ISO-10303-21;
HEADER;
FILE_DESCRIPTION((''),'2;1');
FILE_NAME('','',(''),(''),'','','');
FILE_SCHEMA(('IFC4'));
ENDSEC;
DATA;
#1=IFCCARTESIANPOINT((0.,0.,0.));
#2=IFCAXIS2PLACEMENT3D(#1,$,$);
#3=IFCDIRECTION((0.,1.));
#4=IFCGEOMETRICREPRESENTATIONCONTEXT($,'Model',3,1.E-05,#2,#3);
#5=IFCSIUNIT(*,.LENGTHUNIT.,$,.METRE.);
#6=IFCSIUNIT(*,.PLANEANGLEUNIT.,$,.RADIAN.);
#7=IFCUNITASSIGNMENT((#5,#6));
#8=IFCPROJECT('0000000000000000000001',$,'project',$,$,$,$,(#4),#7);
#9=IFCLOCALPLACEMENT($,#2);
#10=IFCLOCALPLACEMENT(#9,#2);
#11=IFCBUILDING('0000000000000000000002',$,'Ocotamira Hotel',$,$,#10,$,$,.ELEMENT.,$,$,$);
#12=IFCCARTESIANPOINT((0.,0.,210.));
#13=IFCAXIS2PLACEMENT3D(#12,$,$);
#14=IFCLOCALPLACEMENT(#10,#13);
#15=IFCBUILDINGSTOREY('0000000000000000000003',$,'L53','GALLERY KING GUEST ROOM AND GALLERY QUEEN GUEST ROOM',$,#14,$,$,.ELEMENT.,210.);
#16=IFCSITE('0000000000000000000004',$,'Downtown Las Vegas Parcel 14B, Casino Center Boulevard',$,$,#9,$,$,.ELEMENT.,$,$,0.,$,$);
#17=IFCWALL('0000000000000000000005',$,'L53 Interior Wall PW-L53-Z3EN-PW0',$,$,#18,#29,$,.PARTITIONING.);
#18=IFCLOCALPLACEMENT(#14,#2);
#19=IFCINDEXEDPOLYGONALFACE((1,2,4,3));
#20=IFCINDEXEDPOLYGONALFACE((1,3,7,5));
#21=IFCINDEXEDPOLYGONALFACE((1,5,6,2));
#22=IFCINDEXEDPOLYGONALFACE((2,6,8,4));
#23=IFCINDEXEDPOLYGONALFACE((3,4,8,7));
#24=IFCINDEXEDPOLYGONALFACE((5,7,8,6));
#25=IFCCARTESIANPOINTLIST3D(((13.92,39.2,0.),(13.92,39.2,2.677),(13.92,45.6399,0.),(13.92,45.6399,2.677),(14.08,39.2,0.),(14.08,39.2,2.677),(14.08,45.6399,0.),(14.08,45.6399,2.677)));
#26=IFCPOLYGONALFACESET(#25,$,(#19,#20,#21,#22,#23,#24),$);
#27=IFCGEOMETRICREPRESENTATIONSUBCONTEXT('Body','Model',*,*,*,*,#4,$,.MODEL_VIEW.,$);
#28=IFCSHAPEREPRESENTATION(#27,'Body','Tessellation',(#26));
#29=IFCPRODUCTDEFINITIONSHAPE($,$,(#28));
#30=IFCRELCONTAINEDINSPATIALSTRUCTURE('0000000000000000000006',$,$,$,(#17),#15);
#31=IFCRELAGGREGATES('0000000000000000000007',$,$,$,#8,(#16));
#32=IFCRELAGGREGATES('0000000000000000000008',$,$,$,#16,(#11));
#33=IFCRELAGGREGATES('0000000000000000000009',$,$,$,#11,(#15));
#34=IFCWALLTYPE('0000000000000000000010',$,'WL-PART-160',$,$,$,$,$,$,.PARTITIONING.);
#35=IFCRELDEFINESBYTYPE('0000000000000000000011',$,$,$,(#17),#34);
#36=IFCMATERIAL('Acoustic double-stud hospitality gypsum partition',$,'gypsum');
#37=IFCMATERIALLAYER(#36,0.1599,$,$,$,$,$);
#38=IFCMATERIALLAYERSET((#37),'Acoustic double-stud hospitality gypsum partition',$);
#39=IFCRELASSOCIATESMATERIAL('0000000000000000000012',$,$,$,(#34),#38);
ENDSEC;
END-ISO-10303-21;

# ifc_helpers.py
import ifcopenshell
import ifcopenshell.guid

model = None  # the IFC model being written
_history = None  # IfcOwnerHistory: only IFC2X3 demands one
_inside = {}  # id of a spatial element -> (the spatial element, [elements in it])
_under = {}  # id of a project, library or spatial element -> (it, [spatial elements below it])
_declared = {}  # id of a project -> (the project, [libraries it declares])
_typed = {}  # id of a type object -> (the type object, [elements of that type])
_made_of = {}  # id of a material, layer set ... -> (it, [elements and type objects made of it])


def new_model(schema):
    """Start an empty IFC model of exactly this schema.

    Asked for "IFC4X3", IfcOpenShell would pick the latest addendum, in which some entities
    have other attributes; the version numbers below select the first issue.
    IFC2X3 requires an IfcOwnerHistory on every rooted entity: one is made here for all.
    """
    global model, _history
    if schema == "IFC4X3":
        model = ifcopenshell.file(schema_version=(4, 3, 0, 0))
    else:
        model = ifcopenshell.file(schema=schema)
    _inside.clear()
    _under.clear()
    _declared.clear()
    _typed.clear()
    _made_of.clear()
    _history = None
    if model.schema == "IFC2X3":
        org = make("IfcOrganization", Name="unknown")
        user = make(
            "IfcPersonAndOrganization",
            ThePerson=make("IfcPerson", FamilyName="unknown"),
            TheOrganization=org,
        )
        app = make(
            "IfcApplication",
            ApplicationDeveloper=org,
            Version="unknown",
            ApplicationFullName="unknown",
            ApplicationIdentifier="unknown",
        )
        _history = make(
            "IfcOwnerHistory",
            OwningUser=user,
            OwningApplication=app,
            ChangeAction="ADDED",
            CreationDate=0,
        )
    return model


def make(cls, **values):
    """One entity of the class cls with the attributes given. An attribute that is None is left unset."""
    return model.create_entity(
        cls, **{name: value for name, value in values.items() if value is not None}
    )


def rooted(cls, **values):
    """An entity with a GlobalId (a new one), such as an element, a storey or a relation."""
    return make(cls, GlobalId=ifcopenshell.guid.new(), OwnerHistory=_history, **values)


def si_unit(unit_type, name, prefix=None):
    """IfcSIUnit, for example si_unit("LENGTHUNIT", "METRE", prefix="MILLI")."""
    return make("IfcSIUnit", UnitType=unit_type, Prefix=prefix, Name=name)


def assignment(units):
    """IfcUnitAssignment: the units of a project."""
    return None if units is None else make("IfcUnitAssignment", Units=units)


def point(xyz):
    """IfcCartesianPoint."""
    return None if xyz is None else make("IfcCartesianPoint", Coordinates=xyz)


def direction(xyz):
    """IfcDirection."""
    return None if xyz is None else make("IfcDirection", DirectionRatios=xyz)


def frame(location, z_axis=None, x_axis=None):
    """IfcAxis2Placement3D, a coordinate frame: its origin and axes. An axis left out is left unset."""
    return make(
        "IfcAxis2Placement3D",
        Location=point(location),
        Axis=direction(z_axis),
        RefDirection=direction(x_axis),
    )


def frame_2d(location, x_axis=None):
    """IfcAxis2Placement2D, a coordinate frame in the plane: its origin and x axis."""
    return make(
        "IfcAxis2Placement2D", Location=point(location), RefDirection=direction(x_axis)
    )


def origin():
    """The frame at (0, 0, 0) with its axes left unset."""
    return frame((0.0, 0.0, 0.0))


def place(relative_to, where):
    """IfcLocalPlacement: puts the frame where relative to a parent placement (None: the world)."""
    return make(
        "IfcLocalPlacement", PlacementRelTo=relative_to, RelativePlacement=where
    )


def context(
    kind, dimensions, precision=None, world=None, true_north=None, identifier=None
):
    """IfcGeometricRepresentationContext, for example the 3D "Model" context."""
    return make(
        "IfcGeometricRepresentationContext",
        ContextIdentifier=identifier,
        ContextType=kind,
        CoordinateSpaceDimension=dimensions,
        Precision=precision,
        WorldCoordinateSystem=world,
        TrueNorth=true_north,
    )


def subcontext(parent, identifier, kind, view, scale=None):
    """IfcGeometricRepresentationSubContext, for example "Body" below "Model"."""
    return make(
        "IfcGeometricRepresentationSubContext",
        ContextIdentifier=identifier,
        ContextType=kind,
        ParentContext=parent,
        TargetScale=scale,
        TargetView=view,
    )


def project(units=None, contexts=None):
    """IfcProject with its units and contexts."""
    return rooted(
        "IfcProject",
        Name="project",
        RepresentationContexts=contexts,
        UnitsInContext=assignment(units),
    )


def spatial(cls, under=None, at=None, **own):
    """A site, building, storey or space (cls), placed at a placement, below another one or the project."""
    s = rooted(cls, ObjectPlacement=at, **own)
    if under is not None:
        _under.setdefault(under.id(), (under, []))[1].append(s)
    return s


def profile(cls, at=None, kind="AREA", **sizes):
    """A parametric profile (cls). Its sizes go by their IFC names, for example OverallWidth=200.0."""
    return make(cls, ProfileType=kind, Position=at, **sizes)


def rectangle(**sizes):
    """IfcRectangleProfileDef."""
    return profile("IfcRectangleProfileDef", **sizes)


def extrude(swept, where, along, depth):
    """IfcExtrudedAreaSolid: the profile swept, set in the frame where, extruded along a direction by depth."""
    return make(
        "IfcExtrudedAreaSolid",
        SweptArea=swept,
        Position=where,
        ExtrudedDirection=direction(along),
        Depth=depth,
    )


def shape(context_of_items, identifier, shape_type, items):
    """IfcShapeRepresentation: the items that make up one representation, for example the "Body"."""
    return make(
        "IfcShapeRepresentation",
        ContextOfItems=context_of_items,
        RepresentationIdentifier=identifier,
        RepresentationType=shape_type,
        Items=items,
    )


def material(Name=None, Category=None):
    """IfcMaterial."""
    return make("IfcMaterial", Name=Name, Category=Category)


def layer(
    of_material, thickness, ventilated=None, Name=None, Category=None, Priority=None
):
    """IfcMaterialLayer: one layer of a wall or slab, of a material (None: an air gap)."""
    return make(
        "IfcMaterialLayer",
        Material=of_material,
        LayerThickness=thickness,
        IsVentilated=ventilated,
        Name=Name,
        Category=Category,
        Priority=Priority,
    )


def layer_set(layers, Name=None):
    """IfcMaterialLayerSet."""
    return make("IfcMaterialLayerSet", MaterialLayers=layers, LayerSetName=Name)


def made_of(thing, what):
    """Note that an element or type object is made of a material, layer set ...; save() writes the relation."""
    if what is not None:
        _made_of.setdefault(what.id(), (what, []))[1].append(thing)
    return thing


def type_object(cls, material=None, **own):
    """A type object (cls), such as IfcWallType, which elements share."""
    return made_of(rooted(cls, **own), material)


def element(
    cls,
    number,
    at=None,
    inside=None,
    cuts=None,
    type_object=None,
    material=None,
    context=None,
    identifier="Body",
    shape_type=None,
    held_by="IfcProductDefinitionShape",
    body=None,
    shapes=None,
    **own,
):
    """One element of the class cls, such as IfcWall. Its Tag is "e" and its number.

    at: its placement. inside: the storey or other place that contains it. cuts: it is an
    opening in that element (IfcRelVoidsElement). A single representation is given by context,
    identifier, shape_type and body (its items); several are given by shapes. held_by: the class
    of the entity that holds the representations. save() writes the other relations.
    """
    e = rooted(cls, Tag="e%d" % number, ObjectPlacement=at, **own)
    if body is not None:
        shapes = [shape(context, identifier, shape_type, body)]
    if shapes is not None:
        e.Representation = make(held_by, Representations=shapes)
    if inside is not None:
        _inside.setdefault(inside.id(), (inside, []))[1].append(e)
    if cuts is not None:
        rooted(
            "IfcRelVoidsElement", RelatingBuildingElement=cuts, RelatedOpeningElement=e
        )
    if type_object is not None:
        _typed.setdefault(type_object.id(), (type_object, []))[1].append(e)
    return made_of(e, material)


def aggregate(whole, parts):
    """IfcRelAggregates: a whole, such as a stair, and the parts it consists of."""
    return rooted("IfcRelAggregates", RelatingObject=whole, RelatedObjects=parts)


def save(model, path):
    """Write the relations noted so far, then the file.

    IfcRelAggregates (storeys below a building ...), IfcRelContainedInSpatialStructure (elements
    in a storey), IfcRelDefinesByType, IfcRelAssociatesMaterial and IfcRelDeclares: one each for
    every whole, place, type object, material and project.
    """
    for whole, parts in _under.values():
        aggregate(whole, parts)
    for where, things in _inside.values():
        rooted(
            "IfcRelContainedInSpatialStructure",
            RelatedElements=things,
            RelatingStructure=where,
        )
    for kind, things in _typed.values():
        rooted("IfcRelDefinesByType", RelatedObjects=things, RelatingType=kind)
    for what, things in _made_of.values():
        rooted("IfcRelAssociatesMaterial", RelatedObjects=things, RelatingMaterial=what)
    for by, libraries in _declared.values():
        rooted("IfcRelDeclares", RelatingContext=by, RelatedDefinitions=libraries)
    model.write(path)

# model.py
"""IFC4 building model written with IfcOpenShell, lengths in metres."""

from ifc_helpers import new_model, si_unit, direction, frame, frame_2d, origin, place, context, subcontext, project, spatial, rectangle, extrude, material, layer, layer_set, type_object, element, save


model = new_model("IFC4")

# Units and contexts
model_context = context("Model", 3, precision=1e-05, world=origin(), true_north=direction((0.0, 1.0)))
body_context = subcontext(model_context, "Body", "Model", "MODEL_VIEW")
ifc_project = project(units=[si_unit("LENGTHUNIT", "METRE"), si_unit("PLANEANGLEUNIT", "RADIAN")], contexts=[model_context])

# Site, building, storey
site_placement = place(None, origin())
site = spatial("IfcSite", under=ifc_project, at=site_placement, Name="Downtown Las Vegas Parcel 14B, Casino Center Boulevard", CompositionType="ELEMENT", RefElevation=0.0)
building_placement = place(site_placement, origin())
building = spatial("IfcBuilding", under=site, at=building_placement, Name="Ocotamira Hotel", CompositionType="ELEMENT")
storey_placement = place(building_placement, frame((0.0, 0.0, 210.0)))
storey = spatial("IfcBuildingStorey", under=building, at=storey_placement, Name="L53", Description="GALLERY KING GUEST ROOM AND GALLERY QUEEN GUEST ROOM", CompositionType="ELEMENT", Elevation=210.0)

# Wall
ifc_material_1 = material(Name="Acoustic double-stud hospitality gypsum partition", Category="gypsum")
ifc_layer_1 = layer(ifc_material_1, 0.1599)
ifc_layer_set_1 = layer_set([ifc_layer_1], Name="Acoustic double-stud hospitality gypsum partition")
wall_type_1 = type_object("IfcWallType", Name="WL-PART-160", PredefinedType="PARTITIONING", material=ifc_layer_set_1)
wall_1_placement = place(storey_placement, frame((14.0, 39.2, 0.0), z_axis=(0.0, 0.0, 1.0), x_axis=(0.0, 1.0, 0.0)))
element("IfcWall", 1, at=wall_1_placement, inside=storey, type_object=wall_type_1, Name="L53 Interior Wall PW-L53-Z3EN-PW0", PredefinedType="PARTITIONING", context=body_context, shape_type="SweptSolid", body=[
    extrude(rectangle(XDim=6.4399, YDim=0.1599, at=frame_2d((3.22, 0.0))), origin(), (0.0, 0.0, 1.0), 2.677),
])

save(model, "model.ifc")
